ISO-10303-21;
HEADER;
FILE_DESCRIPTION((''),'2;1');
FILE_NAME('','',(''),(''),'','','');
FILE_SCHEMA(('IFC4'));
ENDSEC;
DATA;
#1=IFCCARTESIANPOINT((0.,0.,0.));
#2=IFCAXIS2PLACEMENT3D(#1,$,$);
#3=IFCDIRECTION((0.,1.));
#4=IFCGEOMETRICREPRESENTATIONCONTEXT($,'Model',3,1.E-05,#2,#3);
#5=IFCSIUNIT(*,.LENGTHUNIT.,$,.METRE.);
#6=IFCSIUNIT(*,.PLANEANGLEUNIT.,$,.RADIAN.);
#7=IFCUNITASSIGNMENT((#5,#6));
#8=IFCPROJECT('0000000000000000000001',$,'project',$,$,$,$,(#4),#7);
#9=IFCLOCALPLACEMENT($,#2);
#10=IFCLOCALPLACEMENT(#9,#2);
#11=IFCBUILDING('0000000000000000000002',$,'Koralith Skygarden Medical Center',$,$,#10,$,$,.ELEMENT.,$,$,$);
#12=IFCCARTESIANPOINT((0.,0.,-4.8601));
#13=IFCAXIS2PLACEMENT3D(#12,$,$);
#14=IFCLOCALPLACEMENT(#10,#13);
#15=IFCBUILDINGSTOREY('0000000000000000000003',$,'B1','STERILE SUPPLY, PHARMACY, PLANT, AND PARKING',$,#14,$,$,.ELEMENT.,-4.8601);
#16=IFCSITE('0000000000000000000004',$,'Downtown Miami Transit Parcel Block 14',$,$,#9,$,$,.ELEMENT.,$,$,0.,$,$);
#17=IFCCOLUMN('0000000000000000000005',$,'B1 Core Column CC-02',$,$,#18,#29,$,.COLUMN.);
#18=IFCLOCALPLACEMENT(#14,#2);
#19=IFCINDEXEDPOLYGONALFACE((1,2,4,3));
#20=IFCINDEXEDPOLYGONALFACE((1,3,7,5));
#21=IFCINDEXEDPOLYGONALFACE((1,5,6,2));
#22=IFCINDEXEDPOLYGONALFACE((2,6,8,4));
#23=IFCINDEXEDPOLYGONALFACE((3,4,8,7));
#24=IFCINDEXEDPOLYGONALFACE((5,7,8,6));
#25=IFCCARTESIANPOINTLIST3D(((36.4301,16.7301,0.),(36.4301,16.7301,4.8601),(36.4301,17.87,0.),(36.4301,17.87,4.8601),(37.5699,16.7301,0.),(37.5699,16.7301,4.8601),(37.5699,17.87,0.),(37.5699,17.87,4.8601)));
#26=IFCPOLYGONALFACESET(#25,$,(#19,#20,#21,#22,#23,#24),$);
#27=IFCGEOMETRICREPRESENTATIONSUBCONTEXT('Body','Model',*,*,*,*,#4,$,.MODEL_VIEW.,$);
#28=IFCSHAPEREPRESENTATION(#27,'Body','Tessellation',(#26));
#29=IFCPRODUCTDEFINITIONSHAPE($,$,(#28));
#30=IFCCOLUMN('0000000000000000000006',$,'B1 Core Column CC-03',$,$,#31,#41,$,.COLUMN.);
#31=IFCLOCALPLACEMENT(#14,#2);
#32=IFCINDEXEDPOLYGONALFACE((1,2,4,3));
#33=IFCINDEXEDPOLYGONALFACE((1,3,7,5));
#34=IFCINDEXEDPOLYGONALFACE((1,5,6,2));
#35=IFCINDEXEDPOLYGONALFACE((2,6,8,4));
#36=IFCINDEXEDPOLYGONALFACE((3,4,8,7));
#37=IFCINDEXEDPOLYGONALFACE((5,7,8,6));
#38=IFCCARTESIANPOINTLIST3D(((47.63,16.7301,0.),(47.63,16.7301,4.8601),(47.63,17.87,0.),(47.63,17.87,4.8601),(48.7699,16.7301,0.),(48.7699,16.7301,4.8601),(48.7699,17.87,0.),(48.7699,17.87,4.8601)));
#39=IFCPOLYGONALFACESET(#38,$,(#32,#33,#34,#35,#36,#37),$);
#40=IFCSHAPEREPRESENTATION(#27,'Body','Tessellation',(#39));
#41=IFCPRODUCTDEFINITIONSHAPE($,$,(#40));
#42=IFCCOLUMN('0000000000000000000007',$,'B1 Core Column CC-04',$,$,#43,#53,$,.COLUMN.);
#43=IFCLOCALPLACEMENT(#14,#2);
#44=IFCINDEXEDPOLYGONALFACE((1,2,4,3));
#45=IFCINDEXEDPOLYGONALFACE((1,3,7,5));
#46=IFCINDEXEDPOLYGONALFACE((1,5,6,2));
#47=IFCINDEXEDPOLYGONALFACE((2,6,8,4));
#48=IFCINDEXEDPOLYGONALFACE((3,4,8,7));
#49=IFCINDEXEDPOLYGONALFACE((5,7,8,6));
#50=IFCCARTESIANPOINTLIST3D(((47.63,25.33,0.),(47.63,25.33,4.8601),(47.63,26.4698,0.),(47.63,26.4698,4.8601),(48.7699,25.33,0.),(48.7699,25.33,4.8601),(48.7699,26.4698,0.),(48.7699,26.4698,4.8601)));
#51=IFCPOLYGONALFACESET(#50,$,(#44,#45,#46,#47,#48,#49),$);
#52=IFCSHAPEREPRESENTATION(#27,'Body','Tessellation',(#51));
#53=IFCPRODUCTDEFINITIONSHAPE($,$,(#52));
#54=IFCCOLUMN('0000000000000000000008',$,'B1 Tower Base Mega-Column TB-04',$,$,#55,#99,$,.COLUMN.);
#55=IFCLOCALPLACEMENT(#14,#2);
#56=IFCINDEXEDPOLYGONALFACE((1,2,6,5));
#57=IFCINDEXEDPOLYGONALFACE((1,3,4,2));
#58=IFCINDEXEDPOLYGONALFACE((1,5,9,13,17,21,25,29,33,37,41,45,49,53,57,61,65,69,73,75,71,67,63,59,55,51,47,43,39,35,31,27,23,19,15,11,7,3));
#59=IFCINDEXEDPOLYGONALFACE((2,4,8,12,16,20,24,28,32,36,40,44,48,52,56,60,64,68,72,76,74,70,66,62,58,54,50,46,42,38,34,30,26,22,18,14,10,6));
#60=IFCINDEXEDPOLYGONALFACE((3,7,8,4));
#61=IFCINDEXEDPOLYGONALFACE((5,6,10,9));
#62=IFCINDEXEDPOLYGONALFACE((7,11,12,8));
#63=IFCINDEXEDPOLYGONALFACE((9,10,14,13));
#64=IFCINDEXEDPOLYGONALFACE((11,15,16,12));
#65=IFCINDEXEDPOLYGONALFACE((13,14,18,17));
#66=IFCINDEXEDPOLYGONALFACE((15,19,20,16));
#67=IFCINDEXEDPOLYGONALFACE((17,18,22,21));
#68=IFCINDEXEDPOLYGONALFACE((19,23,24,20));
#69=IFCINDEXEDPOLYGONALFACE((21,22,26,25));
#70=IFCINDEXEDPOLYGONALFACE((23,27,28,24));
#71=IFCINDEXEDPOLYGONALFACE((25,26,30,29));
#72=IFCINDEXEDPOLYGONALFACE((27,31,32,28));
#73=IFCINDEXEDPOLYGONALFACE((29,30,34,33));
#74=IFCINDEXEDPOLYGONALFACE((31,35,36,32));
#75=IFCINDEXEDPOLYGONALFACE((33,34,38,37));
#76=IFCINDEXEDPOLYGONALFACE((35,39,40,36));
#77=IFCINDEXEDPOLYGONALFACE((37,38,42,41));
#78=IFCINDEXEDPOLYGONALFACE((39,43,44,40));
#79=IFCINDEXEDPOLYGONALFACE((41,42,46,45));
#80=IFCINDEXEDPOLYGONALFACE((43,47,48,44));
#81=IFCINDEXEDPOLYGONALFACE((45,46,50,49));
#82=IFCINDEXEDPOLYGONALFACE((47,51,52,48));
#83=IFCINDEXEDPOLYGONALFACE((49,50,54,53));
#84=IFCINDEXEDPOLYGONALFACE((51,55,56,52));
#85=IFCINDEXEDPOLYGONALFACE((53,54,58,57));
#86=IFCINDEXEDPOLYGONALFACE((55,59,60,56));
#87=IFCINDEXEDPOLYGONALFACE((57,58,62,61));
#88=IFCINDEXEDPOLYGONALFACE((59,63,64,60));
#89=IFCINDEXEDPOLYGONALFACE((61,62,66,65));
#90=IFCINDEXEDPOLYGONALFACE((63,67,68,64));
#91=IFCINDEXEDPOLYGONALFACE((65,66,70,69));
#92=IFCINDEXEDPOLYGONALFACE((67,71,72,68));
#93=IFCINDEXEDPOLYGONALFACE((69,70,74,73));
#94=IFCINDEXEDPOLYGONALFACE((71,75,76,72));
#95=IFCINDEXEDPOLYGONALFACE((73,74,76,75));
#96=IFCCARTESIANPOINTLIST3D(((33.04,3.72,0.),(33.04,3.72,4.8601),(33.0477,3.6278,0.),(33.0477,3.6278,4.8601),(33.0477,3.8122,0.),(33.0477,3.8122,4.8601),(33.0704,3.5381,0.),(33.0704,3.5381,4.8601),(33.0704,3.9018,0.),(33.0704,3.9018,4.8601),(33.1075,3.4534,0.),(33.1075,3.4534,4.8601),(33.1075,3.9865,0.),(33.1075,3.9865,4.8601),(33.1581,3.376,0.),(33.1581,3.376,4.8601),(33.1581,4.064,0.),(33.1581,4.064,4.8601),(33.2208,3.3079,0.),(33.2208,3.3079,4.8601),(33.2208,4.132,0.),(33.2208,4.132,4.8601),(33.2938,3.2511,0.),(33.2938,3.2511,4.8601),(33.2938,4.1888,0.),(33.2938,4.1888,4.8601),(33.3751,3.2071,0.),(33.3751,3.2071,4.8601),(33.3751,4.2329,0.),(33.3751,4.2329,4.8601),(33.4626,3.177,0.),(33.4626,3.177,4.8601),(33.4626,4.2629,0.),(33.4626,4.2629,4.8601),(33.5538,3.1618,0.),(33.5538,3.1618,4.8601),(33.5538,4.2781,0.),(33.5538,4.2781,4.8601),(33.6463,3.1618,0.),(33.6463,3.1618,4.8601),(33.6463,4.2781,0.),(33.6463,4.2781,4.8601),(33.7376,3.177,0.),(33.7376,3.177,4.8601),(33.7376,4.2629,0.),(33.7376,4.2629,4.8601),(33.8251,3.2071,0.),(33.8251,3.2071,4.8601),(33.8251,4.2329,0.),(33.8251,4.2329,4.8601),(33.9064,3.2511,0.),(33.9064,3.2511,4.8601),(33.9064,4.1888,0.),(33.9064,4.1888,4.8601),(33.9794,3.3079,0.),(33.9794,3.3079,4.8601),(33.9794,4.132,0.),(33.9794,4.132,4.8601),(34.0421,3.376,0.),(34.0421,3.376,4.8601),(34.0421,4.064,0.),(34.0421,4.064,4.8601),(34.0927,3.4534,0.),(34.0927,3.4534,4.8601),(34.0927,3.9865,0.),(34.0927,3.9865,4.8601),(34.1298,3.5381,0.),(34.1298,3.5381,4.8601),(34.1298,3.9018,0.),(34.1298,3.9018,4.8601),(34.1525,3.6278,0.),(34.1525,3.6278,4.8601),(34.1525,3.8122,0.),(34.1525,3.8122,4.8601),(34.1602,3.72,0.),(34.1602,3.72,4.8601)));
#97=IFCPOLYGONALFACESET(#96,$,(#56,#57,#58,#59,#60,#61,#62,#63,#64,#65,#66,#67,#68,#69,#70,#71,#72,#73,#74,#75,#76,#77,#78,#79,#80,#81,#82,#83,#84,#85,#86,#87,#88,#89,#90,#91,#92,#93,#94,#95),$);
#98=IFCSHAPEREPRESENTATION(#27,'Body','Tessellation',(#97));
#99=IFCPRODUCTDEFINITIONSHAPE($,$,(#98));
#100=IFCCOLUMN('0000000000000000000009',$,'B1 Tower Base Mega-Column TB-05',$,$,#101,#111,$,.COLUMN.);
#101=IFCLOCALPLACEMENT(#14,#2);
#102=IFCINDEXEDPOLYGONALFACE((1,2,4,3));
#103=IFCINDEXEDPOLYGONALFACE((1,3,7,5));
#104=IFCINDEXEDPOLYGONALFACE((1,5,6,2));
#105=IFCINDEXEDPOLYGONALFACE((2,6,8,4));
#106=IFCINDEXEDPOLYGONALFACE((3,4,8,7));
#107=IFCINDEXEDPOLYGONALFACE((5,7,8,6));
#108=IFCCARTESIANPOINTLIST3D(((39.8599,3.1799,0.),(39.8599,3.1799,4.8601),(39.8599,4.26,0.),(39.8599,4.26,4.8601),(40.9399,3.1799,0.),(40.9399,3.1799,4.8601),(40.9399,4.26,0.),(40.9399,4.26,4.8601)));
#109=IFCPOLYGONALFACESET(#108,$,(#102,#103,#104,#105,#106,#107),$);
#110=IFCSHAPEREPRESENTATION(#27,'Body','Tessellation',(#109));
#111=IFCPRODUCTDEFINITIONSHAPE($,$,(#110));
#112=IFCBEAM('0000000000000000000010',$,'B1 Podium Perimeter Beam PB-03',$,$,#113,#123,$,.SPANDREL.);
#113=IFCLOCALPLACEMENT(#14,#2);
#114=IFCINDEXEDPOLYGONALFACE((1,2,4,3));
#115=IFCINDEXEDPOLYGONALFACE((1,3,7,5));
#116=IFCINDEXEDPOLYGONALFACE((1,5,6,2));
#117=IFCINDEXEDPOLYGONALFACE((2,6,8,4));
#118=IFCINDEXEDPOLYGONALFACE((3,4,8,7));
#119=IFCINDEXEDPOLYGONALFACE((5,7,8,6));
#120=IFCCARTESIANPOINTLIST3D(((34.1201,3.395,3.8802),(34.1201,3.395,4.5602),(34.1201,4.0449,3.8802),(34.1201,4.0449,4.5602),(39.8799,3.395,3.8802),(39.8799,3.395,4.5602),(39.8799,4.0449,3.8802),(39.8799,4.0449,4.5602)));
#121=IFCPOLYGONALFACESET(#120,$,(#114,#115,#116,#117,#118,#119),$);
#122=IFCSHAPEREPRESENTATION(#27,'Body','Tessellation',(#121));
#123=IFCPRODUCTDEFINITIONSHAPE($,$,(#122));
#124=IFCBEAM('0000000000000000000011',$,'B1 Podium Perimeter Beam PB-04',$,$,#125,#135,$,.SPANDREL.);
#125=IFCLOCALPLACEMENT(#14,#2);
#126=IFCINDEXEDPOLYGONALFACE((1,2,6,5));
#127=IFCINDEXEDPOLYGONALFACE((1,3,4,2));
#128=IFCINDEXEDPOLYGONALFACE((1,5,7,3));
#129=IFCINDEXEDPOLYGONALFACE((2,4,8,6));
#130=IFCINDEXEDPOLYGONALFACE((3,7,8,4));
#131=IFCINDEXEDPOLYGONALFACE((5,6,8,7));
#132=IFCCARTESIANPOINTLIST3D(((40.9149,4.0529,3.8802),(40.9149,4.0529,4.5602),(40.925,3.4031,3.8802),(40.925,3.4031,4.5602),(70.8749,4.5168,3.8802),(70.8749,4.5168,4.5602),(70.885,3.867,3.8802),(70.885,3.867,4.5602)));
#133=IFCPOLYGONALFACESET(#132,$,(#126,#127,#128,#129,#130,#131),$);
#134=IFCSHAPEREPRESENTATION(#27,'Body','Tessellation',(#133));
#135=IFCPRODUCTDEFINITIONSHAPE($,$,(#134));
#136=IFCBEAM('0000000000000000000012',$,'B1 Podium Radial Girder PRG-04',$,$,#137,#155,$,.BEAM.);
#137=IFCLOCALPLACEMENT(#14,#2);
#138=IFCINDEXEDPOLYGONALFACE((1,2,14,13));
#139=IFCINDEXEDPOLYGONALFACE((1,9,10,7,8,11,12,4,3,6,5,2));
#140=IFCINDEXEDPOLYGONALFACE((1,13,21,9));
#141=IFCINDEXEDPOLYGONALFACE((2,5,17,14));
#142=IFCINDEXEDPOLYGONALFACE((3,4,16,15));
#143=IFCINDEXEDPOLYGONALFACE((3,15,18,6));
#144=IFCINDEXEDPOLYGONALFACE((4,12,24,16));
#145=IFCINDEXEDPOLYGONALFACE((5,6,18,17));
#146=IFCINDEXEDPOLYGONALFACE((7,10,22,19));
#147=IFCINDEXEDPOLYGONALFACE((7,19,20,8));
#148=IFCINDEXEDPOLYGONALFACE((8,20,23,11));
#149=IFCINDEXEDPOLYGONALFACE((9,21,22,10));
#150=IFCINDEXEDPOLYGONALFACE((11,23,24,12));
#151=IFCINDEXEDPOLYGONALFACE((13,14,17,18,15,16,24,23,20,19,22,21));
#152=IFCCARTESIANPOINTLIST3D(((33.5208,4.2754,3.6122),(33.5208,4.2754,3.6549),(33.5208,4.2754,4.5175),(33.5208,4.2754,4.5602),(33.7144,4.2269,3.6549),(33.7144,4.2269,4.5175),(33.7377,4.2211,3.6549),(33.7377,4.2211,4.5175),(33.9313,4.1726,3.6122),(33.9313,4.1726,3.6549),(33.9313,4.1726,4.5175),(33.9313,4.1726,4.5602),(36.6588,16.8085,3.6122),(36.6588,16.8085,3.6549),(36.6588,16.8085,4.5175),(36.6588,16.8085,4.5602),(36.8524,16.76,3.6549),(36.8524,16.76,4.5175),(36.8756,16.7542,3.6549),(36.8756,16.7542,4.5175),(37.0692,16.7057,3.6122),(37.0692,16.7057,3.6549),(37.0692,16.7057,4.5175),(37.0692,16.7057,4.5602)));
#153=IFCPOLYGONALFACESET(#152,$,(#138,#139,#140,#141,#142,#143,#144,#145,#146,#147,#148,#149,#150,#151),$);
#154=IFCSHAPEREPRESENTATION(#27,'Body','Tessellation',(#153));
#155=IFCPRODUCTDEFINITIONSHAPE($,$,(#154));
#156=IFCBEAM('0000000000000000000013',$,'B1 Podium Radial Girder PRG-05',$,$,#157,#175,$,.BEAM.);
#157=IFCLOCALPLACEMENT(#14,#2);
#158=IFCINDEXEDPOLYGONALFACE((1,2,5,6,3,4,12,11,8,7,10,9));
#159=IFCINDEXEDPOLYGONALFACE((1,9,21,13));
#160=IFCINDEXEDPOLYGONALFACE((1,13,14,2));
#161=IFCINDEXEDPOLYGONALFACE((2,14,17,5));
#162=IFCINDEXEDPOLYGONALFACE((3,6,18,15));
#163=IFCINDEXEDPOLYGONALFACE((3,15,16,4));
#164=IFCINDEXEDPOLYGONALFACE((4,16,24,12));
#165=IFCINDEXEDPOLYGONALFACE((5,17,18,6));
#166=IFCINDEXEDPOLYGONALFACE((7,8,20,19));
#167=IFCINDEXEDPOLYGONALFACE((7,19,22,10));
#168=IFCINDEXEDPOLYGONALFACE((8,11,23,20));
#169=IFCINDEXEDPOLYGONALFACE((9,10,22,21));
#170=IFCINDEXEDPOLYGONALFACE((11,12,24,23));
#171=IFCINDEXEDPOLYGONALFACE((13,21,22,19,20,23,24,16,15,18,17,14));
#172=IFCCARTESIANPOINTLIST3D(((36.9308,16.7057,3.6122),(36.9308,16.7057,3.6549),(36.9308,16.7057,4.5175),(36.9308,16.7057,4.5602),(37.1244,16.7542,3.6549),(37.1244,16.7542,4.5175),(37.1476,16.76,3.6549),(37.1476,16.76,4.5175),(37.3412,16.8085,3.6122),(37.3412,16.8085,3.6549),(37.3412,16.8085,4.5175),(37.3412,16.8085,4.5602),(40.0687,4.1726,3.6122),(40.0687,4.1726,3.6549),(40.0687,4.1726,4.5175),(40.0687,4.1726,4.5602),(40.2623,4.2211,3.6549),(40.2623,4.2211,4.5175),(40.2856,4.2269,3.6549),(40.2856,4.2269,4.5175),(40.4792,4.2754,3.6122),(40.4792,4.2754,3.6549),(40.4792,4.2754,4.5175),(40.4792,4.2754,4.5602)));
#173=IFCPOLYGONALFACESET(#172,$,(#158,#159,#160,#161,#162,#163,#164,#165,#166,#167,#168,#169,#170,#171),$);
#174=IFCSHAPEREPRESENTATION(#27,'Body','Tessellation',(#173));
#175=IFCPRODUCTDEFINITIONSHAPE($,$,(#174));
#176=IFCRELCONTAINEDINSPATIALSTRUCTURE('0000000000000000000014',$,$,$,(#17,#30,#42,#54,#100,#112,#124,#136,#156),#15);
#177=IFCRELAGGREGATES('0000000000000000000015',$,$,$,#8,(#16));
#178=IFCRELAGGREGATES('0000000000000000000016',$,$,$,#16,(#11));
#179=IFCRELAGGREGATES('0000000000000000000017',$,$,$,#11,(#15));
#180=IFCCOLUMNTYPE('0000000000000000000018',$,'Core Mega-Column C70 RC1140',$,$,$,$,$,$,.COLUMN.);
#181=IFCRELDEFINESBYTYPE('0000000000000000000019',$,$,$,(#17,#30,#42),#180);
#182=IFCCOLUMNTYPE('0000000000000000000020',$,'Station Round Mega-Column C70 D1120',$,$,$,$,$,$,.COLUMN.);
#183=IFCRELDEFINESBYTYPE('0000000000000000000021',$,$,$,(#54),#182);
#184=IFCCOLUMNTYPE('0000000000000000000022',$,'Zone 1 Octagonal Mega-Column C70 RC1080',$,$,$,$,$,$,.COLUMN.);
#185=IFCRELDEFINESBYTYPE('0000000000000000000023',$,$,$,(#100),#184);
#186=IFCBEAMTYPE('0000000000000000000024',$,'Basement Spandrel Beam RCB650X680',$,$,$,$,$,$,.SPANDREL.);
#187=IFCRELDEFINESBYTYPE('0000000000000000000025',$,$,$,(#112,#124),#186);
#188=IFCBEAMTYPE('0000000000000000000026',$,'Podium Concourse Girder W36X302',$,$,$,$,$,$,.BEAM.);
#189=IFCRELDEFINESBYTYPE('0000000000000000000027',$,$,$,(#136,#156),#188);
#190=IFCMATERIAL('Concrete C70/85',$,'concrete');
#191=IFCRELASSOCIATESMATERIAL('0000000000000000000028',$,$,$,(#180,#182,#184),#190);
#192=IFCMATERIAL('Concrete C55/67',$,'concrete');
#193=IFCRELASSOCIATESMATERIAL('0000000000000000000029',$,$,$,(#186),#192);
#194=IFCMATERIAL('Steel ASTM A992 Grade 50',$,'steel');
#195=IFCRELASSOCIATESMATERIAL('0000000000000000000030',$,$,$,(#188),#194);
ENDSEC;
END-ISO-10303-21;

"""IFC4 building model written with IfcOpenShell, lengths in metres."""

from ifc_helpers import new_model, si_unit, direction, frame, origin, origin_2d, place, context, subcontext, project, spatial, rectangle, circle, i_section, extrude, material, material_profile, profile_set, type_object, element, save


model = new_model("IFC4")

# Units and contexts
model_context = context("Model", 3, precision=1e-05, world=origin(), true_north=direction((0.0, 1.0)))
body_context = subcontext(model_context, "Body", "Model", "MODEL_VIEW")
ifc_project = project(units=[si_unit("LENGTHUNIT", "METRE"), si_unit("PLANEANGLEUNIT", "RADIAN")], contexts=[model_context])

# Site, building, storey
site_placement = place(None, origin())
site = spatial("IfcSite", under=ifc_project, at=site_placement, Name="Downtown Miami Transit Parcel Block 14", CompositionType="ELEMENT", RefElevation=0.0)
building_placement = place(site_placement, origin())
building = spatial("IfcBuilding", under=site, at=building_placement, Name="Koralith Skygarden Medical Center", CompositionType="ELEMENT")
storey_placement = place(building_placement, frame((0.0, 0.0, -4.8601)))
storey = spatial("IfcBuildingStorey", under=building, at=storey_placement, Name="B1", Description="STERILE SUPPLY, PHARMACY, PLANT, AND PARKING", CompositionType="ELEMENT", Elevation=-4.8601)

# Columns
ifc_material_1 = material(Name="Concrete C70/85", Category="concrete")
ifc_material_profile_1 = material_profile(ifc_material_1, rectangle(XDim=1.1399, YDim=1.1399, at=origin_2d()), Name="RC1140X1140")
ifc_profile_set_1 = profile_set([ifc_material_profile_1], Name="Concrete C70/85")
column_type_1 = type_object("IfcColumnType", Name="Core Mega-Column C70 RC1140", PredefinedType="COLUMN", material=ifc_profile_set_1)
for number, where, z_axis, x_axis, name in (
    (1, (37.0, 17.3, 0.0), (0.0, 0.0, 1.0), (1.0, 0.0, 0.0), "B1 Core Column CC-02"),
    (2, (48.2, 17.3, 0.0), (0.0, 0.0, 1.0), (1.0, 0.0, 0.0), "B1 Core Column CC-03"),
    (3, (48.2, 25.8999, 0.0), (0.0, 0.0, 1.0), (1.0, 0.0, 0.0), "B1 Core Column CC-04"),
):
    element("IfcColumn", number, at=place(storey_placement, frame(where, z_axis=z_axis, x_axis=x_axis)), inside=storey, type_object=column_type_1, Name=name, PredefinedType="COLUMN", context=body_context, shape_type="SweptSolid", body=[
        extrude(rectangle(XDim=1.1399, YDim=1.1399, at=origin_2d()), origin(), (0.0, 0.0, 1.0), 4.8601),
    ])
ifc_material_profile_2 = material_profile(ifc_material_1, circle(Radius=0.5601, at=origin_2d()), Name="RCCOL1120")
ifc_profile_set_2 = profile_set([ifc_material_profile_2], Name="Concrete C70/85")
column_type_2 = type_object("IfcColumnType", Name="Station Round Mega-Column C70 D1120", PredefinedType="COLUMN", material=ifc_profile_set_2)
column_1_placement = place(storey_placement, frame((33.6001, 3.72, 0.0), z_axis=(0.0, 0.0, 1.0), x_axis=(1.0, 0.0, 0.0)))
element("IfcColumn", 4, at=column_1_placement, inside=storey, type_object=column_type_2, Name="B1 Tower Base Mega-Column TB-04", PredefinedType="COLUMN", context=body_context, shape_type="SweptSolid", body=[
    extrude(circle(Radius=0.5601, at=origin_2d()), origin(), (0.0, 0.0, 1.0), 4.8601),
])
ifc_material_profile_3 = material_profile(ifc_material_1, rectangle(XDim=1.0801, YDim=1.0801, at=origin_2d()), Name="RC1080X1080")
ifc_profile_set_3 = profile_set([ifc_material_profile_3], Name="Concrete C70/85")
column_type_3 = type_object("IfcColumnType", Name="Zone 1 Octagonal Mega-Column C70 RC1080", PredefinedType="COLUMN", material=ifc_profile_set_3)
column_2_placement = place(storey_placement, frame((40.3999, 3.72, 0.0), z_axis=(0.0, 0.0, 1.0), x_axis=(1.0, 0.0, 0.0)))
element("IfcColumn", 5, at=column_2_placement, inside=storey, type_object=column_type_3, Name="B1 Tower Base Mega-Column TB-05", PredefinedType="COLUMN", context=body_context, shape_type="SweptSolid", body=[
    extrude(rectangle(XDim=1.0801, YDim=1.0801, at=origin_2d()), origin(), (0.0, 0.0, 1.0), 4.8601),
])

# Beams
ifc_material_2 = material(Name="Concrete C55/67", Category="concrete")
ifc_material_profile_4 = material_profile(ifc_material_2, rectangle(XDim=0.6499, YDim=0.6799, at=origin_2d()), Name="RCB650X680")
ifc_profile_set_4 = profile_set([ifc_material_profile_4], Name="Concrete C55/67")
beam_type_1 = type_object("IfcBeamType", Name="Basement Spandrel Beam RCB650X680", PredefinedType="SPANDREL", material=ifc_profile_set_4)
beam_1_placement = place(storey_placement, frame((34.1201, 3.72, 4.2202), z_axis=(1.0, 0.0, 0.0), x_axis=(0.0, 1.0, 0.0)))
element("IfcBeam", 6, at=beam_1_placement, inside=storey, type_object=beam_type_1, Name="B1 Podium Perimeter Beam PB-03", PredefinedType="SPANDREL", context=body_context, shape_type="SweptSolid", body=[
    extrude(rectangle(XDim=0.6499, YDim=0.6799, at=origin_2d()), origin(), (0.0, 0.0, 1.0), 5.7598),
])
beam_2_placement = place(storey_placement, frame((40.9199, 3.728, 4.2202), z_axis=(0.99988, 0.015481, 0.0), x_axis=(-0.015481, 0.99988, 0.0)))
element("IfcBeam", 7, at=beam_2_placement, inside=storey, type_object=beam_type_1, Name="B1 Podium Perimeter Beam PB-04", PredefinedType="SPANDREL", context=body_context, shape_type="SweptSolid", body=[
    extrude(rectangle(XDim=0.6499, YDim=0.6799, at=origin_2d()), origin(), (0.0, 0.0, 1.0), 29.9636),
])
ifc_material_3 = material(Name="Steel ASTM A992 Grade 50", Category="steel")
ifc_material_profile_5 = material_profile(ifc_material_3, i_section(OverallWidth=0.4231, OverallDepth=0.948, WebThickness=0.0239, FlangeThickness=0.0427, at=origin_2d()), Name="W36X302")
ifc_profile_set_5 = profile_set([ifc_material_profile_5], Name="Steel ASTM A992 Grade 50")
beam_type_2 = type_object("IfcBeamType", Name="Podium Concourse Girder W36X302", PredefinedType="BEAM", material=ifc_profile_set_5)
for number, where, z_axis, x_axis, name in (
    (8, (36.864, 16.7571, 4.0862), (-0.242878, -0.970057, 0.0), (0.970057, -0.242878, 0.0), "B1 Podium Radial Girder PRG-04"),
    (9, (37.136, 16.7571, 4.0862), (0.242878, -0.970057, 0.0), (0.970057, 0.242878, 0.0), "B1 Podium Radial Girder PRG-05"),
):
    element("IfcBeam", number, at=place(storey_placement, frame(where, z_axis=z_axis, x_axis=x_axis)), inside=storey, type_object=beam_type_2, Name=name, PredefinedType="BEAM", context=body_context, shape_type="SweptSolid", body=[
        extrude(i_section(OverallWidth=0.4231, OverallDepth=0.948, WebThickness=0.0239, FlangeThickness=0.0427, at=origin_2d()), origin(), (0.0, 0.0, 1.0), 12.9199),
    ])

save(model, "model.ifc")
